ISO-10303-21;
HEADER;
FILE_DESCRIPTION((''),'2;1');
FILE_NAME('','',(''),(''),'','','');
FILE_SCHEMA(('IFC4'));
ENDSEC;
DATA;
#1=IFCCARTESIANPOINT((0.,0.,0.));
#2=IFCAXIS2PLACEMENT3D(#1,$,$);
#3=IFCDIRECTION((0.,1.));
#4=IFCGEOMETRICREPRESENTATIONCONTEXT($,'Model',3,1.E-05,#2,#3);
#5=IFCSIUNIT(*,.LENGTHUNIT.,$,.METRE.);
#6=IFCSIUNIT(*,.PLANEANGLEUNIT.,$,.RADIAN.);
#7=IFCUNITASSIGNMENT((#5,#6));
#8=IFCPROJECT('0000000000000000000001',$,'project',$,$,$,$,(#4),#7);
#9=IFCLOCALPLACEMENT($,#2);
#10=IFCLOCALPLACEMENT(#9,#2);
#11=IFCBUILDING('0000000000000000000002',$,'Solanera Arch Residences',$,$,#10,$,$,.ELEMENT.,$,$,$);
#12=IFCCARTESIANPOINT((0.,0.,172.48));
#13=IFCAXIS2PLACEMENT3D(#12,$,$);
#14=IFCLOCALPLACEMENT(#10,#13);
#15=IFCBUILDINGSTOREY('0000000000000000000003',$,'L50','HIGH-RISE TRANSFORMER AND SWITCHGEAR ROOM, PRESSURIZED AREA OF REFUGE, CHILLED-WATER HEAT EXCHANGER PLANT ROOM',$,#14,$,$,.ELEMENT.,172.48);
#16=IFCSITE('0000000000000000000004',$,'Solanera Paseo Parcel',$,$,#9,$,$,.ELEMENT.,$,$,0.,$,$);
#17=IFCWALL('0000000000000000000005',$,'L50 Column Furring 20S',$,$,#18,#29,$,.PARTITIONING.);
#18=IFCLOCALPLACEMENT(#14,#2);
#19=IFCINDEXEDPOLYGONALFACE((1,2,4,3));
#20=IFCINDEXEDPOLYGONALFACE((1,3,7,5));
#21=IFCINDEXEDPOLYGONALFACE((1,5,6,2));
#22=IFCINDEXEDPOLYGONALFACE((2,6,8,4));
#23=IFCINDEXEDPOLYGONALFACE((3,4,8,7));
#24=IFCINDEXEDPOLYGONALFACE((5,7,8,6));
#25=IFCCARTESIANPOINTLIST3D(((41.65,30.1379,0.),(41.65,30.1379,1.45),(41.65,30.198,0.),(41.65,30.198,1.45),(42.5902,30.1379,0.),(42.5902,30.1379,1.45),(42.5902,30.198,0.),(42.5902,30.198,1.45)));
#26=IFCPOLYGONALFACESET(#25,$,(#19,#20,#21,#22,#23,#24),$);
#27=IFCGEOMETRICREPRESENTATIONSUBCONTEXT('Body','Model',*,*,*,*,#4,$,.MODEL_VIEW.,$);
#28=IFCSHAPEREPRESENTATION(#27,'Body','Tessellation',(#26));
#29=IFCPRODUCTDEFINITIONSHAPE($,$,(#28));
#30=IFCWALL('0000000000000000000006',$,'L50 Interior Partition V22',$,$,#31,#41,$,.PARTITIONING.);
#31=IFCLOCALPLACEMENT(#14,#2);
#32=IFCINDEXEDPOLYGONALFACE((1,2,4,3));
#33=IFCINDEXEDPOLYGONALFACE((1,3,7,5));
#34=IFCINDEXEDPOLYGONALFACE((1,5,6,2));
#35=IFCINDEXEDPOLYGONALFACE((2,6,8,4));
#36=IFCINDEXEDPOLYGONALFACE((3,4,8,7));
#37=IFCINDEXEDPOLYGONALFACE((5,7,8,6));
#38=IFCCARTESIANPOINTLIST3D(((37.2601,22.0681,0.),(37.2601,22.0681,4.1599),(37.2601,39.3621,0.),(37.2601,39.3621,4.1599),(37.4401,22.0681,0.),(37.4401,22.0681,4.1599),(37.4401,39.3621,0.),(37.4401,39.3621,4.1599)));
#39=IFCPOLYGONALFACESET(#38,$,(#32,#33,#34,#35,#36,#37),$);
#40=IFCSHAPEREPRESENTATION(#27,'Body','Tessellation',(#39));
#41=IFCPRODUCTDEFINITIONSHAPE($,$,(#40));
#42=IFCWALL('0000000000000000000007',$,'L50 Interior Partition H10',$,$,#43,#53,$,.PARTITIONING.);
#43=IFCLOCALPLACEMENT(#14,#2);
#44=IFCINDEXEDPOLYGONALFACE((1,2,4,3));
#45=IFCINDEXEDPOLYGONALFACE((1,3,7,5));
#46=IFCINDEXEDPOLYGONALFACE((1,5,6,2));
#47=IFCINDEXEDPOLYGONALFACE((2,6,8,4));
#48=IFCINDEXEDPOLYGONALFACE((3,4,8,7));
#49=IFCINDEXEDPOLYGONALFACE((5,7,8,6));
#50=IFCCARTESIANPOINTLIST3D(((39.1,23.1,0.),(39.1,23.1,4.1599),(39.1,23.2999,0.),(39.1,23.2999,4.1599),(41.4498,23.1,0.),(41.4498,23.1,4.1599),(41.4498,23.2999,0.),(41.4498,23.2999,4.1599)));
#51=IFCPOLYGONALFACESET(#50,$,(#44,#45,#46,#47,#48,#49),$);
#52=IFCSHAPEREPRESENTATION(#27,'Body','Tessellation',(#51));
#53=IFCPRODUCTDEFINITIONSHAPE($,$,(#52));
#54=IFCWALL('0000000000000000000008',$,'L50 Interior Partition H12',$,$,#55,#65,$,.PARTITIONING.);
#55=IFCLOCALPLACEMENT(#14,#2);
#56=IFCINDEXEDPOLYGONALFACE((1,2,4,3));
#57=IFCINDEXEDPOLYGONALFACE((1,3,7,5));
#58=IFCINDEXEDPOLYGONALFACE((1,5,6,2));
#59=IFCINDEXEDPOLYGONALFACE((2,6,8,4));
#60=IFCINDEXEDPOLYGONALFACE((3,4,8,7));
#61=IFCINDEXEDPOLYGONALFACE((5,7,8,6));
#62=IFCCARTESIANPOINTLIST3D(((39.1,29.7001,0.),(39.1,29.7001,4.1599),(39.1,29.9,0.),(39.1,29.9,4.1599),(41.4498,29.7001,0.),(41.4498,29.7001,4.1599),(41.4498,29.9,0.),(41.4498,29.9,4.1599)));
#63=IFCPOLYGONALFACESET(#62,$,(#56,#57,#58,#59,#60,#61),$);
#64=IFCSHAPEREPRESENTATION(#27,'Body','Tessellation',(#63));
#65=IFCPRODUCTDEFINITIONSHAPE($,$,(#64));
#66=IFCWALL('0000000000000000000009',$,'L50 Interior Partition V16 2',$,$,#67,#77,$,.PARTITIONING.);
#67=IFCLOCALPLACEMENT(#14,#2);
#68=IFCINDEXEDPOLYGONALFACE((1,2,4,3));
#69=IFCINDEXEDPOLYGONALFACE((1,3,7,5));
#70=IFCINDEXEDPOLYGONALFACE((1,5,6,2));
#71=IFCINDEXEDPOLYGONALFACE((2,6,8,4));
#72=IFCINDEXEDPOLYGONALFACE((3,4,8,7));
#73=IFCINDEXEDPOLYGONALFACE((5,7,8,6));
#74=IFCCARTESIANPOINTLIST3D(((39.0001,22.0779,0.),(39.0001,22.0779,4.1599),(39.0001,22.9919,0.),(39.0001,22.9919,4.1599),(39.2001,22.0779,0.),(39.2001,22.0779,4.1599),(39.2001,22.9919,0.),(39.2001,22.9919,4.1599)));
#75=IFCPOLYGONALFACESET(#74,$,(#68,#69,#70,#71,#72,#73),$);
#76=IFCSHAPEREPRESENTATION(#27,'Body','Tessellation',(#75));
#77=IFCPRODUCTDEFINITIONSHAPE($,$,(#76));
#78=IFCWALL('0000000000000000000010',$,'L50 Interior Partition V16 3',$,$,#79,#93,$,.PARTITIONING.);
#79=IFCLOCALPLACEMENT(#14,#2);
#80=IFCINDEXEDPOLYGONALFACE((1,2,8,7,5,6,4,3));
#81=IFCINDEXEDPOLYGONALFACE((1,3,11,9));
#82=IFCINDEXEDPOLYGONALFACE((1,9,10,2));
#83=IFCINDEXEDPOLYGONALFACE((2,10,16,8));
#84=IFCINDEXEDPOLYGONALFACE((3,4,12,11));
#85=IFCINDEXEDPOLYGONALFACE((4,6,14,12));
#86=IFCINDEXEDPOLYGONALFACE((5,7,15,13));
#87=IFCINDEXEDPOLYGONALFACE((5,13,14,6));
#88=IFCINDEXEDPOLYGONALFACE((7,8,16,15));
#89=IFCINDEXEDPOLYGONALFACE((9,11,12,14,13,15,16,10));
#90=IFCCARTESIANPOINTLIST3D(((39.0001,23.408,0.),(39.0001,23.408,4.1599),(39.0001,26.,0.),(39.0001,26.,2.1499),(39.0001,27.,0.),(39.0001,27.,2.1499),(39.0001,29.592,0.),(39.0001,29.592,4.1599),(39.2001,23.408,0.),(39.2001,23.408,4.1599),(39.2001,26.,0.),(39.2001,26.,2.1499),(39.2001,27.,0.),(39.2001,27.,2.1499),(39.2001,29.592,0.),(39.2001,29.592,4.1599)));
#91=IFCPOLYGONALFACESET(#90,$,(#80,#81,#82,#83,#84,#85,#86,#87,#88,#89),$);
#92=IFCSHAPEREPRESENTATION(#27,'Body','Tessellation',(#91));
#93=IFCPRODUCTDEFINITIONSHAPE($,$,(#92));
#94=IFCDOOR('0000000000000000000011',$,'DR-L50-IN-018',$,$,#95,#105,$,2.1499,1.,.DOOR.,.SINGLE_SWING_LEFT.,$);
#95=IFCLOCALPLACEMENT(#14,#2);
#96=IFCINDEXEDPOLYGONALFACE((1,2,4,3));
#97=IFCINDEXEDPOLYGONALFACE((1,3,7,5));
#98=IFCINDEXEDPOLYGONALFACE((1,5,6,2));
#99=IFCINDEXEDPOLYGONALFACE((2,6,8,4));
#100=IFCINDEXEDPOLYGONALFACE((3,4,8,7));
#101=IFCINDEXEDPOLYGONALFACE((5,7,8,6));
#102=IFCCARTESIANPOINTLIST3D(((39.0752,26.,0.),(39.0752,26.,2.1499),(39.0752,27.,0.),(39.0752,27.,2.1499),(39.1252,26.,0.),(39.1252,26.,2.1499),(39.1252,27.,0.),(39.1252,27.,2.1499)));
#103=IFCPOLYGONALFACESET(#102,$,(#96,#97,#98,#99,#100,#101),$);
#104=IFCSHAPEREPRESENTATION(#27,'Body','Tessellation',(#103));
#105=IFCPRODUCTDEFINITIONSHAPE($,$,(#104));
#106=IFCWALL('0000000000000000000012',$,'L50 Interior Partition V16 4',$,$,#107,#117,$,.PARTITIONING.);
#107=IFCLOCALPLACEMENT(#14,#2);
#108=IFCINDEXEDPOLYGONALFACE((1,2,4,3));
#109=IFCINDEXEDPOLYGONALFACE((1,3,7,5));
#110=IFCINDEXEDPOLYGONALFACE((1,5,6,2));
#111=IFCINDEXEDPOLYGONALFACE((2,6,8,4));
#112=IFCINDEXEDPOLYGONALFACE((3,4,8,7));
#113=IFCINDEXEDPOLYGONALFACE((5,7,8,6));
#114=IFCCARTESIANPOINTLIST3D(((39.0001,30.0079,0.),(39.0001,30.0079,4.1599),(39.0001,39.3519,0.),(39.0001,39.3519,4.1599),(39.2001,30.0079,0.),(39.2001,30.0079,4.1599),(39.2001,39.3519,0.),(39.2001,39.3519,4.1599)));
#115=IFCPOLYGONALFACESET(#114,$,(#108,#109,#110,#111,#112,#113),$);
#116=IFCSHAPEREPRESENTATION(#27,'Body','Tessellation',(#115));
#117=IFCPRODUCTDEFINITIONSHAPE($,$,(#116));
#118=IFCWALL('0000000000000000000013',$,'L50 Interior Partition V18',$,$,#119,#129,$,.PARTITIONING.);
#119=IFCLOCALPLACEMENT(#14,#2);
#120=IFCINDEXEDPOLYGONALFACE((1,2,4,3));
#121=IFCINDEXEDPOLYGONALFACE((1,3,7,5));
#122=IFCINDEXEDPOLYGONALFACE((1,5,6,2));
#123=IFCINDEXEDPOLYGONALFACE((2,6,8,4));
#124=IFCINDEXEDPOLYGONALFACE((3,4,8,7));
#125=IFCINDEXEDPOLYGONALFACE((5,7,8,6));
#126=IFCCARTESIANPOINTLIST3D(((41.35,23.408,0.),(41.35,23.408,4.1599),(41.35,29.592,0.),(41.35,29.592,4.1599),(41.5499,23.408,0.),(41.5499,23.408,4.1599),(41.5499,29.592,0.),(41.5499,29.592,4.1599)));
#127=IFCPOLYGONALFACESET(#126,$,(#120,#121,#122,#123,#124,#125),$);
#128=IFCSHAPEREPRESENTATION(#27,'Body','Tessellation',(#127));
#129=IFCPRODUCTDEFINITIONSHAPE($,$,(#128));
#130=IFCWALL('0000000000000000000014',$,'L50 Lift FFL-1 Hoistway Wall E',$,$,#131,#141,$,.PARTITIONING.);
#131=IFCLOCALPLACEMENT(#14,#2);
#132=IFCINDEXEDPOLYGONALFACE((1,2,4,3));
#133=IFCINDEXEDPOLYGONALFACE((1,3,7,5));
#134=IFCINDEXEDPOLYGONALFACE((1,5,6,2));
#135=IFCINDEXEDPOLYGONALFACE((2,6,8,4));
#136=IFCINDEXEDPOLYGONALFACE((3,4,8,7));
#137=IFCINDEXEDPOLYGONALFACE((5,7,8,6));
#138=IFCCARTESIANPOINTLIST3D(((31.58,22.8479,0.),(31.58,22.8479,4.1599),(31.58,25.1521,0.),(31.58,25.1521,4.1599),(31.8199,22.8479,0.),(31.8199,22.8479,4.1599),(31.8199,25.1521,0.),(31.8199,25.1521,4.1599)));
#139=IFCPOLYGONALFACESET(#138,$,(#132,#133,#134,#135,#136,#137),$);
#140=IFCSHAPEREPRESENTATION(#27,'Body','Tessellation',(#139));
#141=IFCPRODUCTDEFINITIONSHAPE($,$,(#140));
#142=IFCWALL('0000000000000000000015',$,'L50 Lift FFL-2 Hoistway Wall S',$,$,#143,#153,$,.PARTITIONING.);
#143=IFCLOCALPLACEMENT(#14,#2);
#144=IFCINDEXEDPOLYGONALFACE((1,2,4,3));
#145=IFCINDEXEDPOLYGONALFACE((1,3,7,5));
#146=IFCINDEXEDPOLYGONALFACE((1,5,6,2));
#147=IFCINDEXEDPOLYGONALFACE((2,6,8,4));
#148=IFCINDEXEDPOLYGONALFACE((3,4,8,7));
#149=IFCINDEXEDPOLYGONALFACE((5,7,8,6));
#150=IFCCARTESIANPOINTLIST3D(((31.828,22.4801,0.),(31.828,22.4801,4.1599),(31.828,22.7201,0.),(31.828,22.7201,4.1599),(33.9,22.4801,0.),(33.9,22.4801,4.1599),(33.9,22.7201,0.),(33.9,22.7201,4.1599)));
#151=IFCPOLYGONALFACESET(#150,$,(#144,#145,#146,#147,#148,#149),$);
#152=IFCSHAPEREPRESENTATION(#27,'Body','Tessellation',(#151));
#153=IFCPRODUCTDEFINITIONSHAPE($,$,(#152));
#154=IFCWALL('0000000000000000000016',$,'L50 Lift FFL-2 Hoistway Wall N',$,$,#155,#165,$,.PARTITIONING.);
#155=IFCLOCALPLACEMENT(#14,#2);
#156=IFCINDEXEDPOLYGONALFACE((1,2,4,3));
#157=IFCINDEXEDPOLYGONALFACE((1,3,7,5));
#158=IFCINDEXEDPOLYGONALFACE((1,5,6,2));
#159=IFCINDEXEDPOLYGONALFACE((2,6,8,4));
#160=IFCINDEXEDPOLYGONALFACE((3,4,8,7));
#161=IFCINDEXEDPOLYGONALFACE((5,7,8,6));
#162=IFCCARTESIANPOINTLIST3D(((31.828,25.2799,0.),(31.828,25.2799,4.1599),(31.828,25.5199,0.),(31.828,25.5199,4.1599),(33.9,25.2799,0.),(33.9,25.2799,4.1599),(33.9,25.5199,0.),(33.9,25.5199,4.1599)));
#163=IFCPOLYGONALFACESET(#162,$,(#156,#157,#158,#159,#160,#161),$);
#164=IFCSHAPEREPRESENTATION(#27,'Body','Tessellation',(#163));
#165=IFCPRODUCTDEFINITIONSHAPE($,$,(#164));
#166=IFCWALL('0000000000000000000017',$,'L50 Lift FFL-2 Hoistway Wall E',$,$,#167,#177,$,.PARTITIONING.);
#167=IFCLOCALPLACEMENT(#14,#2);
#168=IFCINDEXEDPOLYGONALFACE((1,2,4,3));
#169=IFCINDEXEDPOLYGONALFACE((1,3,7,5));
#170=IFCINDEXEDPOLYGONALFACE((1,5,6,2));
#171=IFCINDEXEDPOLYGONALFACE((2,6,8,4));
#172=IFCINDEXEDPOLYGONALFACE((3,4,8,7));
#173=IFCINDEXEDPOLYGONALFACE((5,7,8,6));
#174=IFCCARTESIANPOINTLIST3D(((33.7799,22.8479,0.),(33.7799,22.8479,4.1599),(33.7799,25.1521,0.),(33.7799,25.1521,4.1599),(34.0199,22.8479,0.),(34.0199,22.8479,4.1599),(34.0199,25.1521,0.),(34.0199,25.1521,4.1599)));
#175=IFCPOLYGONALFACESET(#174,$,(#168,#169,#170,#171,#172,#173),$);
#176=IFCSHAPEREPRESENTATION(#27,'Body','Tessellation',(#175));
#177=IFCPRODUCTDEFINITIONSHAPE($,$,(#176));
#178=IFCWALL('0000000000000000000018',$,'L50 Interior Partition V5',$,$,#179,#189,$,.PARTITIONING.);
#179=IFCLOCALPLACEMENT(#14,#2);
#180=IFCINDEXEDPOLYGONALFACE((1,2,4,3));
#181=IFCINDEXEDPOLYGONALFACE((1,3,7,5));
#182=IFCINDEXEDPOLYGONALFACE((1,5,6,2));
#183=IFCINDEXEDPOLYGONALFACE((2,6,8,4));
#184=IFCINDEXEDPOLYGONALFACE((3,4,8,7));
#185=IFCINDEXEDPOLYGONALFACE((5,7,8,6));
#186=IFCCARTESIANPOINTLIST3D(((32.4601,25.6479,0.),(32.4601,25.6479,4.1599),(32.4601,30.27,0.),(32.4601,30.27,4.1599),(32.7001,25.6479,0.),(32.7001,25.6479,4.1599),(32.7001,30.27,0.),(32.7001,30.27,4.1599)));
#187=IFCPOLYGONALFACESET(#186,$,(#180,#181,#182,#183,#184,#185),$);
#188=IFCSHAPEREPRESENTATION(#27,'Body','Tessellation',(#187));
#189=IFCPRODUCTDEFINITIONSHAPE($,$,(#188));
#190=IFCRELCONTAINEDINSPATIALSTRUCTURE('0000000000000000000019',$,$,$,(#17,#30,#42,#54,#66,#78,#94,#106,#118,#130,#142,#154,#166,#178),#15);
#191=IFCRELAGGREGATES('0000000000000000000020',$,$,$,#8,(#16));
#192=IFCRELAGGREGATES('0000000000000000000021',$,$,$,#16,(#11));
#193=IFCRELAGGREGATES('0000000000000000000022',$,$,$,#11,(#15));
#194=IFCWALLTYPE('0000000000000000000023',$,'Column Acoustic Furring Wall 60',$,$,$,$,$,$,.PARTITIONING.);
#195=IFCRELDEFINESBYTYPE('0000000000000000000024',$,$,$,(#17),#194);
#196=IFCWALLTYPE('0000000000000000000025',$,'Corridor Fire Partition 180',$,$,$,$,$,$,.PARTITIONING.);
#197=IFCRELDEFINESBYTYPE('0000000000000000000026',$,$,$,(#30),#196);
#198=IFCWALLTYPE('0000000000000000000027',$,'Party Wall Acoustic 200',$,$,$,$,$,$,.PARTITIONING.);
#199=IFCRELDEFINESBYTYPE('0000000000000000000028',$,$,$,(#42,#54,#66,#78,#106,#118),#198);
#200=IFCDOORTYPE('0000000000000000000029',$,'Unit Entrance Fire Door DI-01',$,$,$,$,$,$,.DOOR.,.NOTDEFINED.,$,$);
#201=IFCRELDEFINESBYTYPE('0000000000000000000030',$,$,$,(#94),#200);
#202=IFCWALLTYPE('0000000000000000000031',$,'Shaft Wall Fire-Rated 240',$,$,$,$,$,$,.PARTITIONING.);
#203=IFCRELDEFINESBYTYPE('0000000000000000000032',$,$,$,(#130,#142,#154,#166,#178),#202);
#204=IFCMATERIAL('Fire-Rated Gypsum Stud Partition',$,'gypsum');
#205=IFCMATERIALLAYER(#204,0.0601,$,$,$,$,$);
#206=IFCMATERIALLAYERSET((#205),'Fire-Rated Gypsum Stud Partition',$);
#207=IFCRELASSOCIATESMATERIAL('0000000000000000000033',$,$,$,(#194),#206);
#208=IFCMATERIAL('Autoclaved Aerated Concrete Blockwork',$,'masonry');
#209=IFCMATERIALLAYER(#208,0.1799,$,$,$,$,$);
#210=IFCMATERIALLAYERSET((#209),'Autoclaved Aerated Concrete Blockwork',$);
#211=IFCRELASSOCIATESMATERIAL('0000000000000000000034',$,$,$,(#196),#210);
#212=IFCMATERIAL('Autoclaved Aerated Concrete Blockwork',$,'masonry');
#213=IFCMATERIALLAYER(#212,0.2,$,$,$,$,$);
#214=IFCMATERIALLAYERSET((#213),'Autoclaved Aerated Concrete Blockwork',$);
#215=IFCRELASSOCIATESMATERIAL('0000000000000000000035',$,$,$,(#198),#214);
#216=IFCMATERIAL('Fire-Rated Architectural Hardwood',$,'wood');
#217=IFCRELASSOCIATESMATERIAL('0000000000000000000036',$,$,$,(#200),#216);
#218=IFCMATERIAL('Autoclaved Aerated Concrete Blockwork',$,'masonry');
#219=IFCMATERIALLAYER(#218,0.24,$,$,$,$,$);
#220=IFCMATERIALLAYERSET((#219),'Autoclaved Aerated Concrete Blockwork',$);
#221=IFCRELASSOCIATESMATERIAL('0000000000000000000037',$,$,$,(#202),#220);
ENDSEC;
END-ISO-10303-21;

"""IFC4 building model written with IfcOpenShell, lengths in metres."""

from ifc_helpers import new_model, si_unit, direction, frame, frame_2d, origin, place, context, subcontext, project, spatial, rectangle, extrude, material, layer, layer_set, type_object, element, fill, save


model = new_model("IFC4")

# Units and contexts
model_context = context("Model", 3, precision=1e-05, world=origin(), true_north=direction((0.0, 1.0)))
body_context = subcontext(model_context, "Body", "Model", "MODEL_VIEW")
ifc_project = project(units=[si_unit("LENGTHUNIT", "METRE"), si_unit("PLANEANGLEUNIT", "RADIAN")], contexts=[model_context])

# Site, building, storey
site_placement = place(None, origin())
site = spatial("IfcSite", under=ifc_project, at=site_placement, Name="Solanera Paseo Parcel", CompositionType="ELEMENT", RefElevation=0.0)
building_placement = place(site_placement, origin())
building = spatial("IfcBuilding", under=site, at=building_placement, Name="Solanera Arch Residences", CompositionType="ELEMENT")
storey_placement = place(building_placement, frame((0.0, 0.0, 172.48)))
storey = spatial("IfcBuildingStorey", under=building, at=storey_placement, Name="L50", Description="HIGH-RISE TRANSFORMER AND SWITCHGEAR ROOM, PRESSURIZED AREA OF REFUGE, CHILLED-WATER HEAT EXCHANGER PLANT ROOM", CompositionType="ELEMENT", Elevation=172.48)

# Walls
ifc_material_1 = material(Name="Fire-Rated Gypsum Stud Partition", Category="gypsum")
ifc_layer_1 = layer(ifc_material_1, 0.0601)
ifc_layer_set_1 = layer_set([ifc_layer_1], Name="Fire-Rated Gypsum Stud Partition")
wall_type_1 = type_object("IfcWallType", Name="Column Acoustic Furring Wall 60", PredefinedType="PARTITIONING", material=ifc_layer_set_1)
for number, where, z_axis, x_axis, name in (
    (1, (41.6499, 30.168, 0.0), (0.0, 0.0, 1.0), (1.0, 0.0, 0.0), "L50 Column Furring 20S"),
):
    element("IfcWall", number, at=place(storey_placement, frame(where, z_axis=z_axis, x_axis=x_axis)), inside=storey, type_object=wall_type_1, Name=name, PredefinedType="PARTITIONING", context=body_context, shape_type="SweptSolid", body=[
        extrude(rectangle(XDim=0.9402, YDim=0.0601, at=frame_2d((0.4702, 0.0))), origin(), (0.0, 0.0, 1.0), 1.45),
    ])
ifc_material_2 = material(Name="Autoclaved Aerated Concrete Blockwork", Category="masonry")
ifc_layer_2 = layer(ifc_material_2, 0.1799)
ifc_layer_set_2 = layer_set([ifc_layer_2], Name="Autoclaved Aerated Concrete Blockwork")
wall_type_2 = type_object("IfcWallType", Name="Corridor Fire Partition 180", PredefinedType="PARTITIONING", material=ifc_layer_set_2)
wall_1_placement = place(storey_placement, frame((37.3501, 22.0681, 0.0), z_axis=(0.0, 0.0, 1.0), x_axis=(0.0, 1.0, 0.0)))
element("IfcWall", 2, at=wall_1_placement, inside=storey, type_object=wall_type_2, Name="L50 Interior Partition V22", PredefinedType="PARTITIONING", context=body_context, shape_type="SweptSolid", body=[
    extrude(rectangle(XDim=17.2939, YDim=0.1799, at=frame_2d((8.647, 0.0))), origin(), (0.0, 0.0, 1.0), 4.1599),
])
ifc_material_3 = material(Name="Autoclaved Aerated Concrete Blockwork", Category="masonry")
ifc_layer_3 = layer(ifc_material_3, 0.2)
ifc_layer_set_3 = layer_set([ifc_layer_3], Name="Autoclaved Aerated Concrete Blockwork")
wall_type_3 = type_object("IfcWallType", Name="Party Wall Acoustic 200", PredefinedType="PARTITIONING", material=ifc_layer_set_3)
for number, where, z_axis, x_axis, name in (
    (3, (39.1001, 23.2, 0.0), (0.0, 0.0, 1.0), (1.0, 0.0, 0.0), "L50 Interior Partition H10"),
    (4, (39.1001, 29.8, 0.0), (0.0, 0.0, 1.0), (1.0, 0.0, 0.0), "L50 Interior Partition H12"),
):
    element("IfcWall", number, at=place(storey_placement, frame(where, z_axis=z_axis, x_axis=x_axis)), inside=storey, type_object=wall_type_3, Name=name, PredefinedType="PARTITIONING", context=body_context, shape_type="SweptSolid", body=[
        extrude(rectangle(XDim=2.3499, YDim=0.2, at=frame_2d((1.1748, 0.0))), origin(), (0.0, 0.0, 1.0), 4.1599),
    ])
wall_2_placement = place(storey_placement, frame((39.1001, 22.0779, 0.0), z_axis=(0.0, 0.0, 1.0), x_axis=(0.0, 1.0, 0.0)))
element("IfcWall", 5, at=wall_2_placement, inside=storey, type_object=wall_type_3, Name="L50 Interior Partition V16 2", PredefinedType="PARTITIONING", context=body_context, shape_type="SweptSolid", body=[
    extrude(rectangle(XDim=0.9141, YDim=0.2, at=frame_2d((0.457, 0.0))), origin(), (0.0, 0.0, 1.0), 4.1599),
])

# Wall, opening, door
wall_3_placement = place(storey_placement, frame((39.1001, 23.408, 0.0), z_axis=(0.0, 0.0, 1.0), x_axis=(0.0, 1.0, 0.0)))
wall_3 = element("IfcWall", 6, at=wall_3_placement, inside=storey, type_object=wall_type_3, Name="L50 Interior Partition V16 3", PredefinedType="PARTITIONING", context=body_context, shape_type="SweptSolid", body=[
    extrude(rectangle(XDim=6.1841, YDim=0.2, at=frame_2d((3.092, 0.0))), origin(), (0.0, 0.0, 1.0), 4.1599),
])
opening_placement = place(wall_3_placement, frame((2.592, 0.0, 0.0)))
opening = element("IfcOpeningElement", 7, at=opening_placement, cuts=wall_3, PredefinedType="OPENING", context=body_context, shape_type="SweptSolid", body=[
    extrude(rectangle(XDim=1.0, YDim=2.1499, at=frame_2d((0.5, 1.075))), frame((0.0, 0.1101, 0.0), z_axis=(0.0, -1.0, 0.0), x_axis=(1.0, 0.0, 0.0)), (0.0, 0.0, 1.0), 0.22),
])
ifc_material_4 = material(Name="Fire-Rated Architectural Hardwood", Category="wood")
door_type = type_object("IfcDoorType", Name="Unit Entrance Fire Door DI-01", OperationType="NOTDEFINED", PredefinedType="DOOR", material=ifc_material_4)
door_placement = place(opening_placement, origin())
door = element("IfcDoor", 8, at=door_placement, inside=storey, type_object=door_type, Name="DR-L50-IN-018", OperationType="SINGLE_SWING_LEFT", OverallHeight=2.1499, OverallWidth=1.0, PredefinedType="DOOR", context=body_context, shape_type="SweptSolid", body=[
    extrude(rectangle(XDim=1.0, YDim=2.1499, at=frame_2d((0.5, 1.075))), frame((0.0, 0.0249, 0.0), z_axis=(0.0, -1.0, 0.0), x_axis=(1.0, 0.0, 0.0)), (0.0, 0.0, 1.0), 0.05),
])
fill(opening, door)

# Walls
wall_4_placement = place(storey_placement, frame((39.1001, 30.0081, 0.0), z_axis=(0.0, 0.0, 1.0), x_axis=(0.0, 1.0, 0.0)))
element("IfcWall", 9, at=wall_4_placement, inside=storey, type_object=wall_type_3, Name="L50 Interior Partition V16 4", PredefinedType="PARTITIONING", context=body_context, shape_type="SweptSolid", body=[
    extrude(rectangle(XDim=9.344, YDim=0.2, at=frame_2d((4.6719, 0.0))), origin(), (0.0, 0.0, 1.0), 4.1599),
])
wall_5_placement = place(storey_placement, frame((41.45, 23.408, 0.0), z_axis=(0.0, 0.0, 1.0), x_axis=(0.0, 1.0, 0.0)))
element("IfcWall", 10, at=wall_5_placement, inside=storey, type_object=wall_type_3, Name="L50 Interior Partition V18", PredefinedType="PARTITIONING", context=body_context, shape_type="SweptSolid", body=[
    extrude(rectangle(XDim=6.1841, YDim=0.2, at=frame_2d((3.092, 0.0))), origin(), (0.0, 0.0, 1.0), 4.1599),
])
ifc_material_5 = material(Name="Autoclaved Aerated Concrete Blockwork", Category="masonry")
ifc_layer_4 = layer(ifc_material_5, 0.24)
ifc_layer_set_4 = layer_set([ifc_layer_4], Name="Autoclaved Aerated Concrete Blockwork")
wall_type_4 = type_object("IfcWallType", Name="Shaft Wall Fire-Rated 240", PredefinedType="PARTITIONING", material=ifc_layer_set_4)
wall_6_placement = place(storey_placement, frame((31.7, 22.8479, 0.0), z_axis=(0.0, 0.0, 1.0), x_axis=(0.0, 1.0, 0.0)))
element("IfcWall", 11, at=wall_6_placement, inside=storey, type_object=wall_type_4, Name="L50 Lift FFL-1 Hoistway Wall E", PredefinedType="PARTITIONING", context=body_context, shape_type="SweptSolid", body=[
    extrude(rectangle(XDim=2.3042, YDim=0.24, at=frame_2d((1.1521, 0.0))), origin(), (0.0, 0.0, 1.0), 4.1599),
])
for number, where, z_axis, x_axis, name in (
    (12, (31.8279, 22.6001, 0.0), (0.0, 0.0, 1.0), (1.0, 0.0, 0.0), "L50 Lift FFL-2 Hoistway Wall S"),
    (13, (31.8279, 25.3999, 0.0), (0.0, 0.0, 1.0), (1.0, 0.0, 0.0), "L50 Lift FFL-2 Hoistway Wall N"),
):
    element("IfcWall", number, at=place(storey_placement, frame(where, z_axis=z_axis, x_axis=x_axis)), inside=storey, type_object=wall_type_4, Name=name, PredefinedType="PARTITIONING", context=body_context, shape_type="SweptSolid", body=[
        extrude(rectangle(XDim=2.072, YDim=0.24, at=frame_2d((1.0361, 0.0))), origin(), (0.0, 0.0, 1.0), 4.1599),
    ])
wall_7_placement = place(storey_placement, frame((33.8999, 22.8479, 0.0), z_axis=(0.0, 0.0, 1.0), x_axis=(0.0, 1.0, 0.0)))
element("IfcWall", 14, at=wall_7_placement, inside=storey, type_object=wall_type_4, Name="L50 Lift FFL-2 Hoistway Wall E", PredefinedType="PARTITIONING", context=body_context, shape_type="SweptSolid", body=[
    extrude(rectangle(XDim=2.3042, YDim=0.24, at=frame_2d((1.1521, 0.0))), origin(), (0.0, 0.0, 1.0), 4.1599),
])
wall_8_placement = place(storey_placement, frame((32.5801, 25.6479, 0.0), z_axis=(0.0, 0.0, 1.0), x_axis=(0.0, 1.0, 0.0)))
element("IfcWall", 15, at=wall_8_placement, inside=storey, type_object=wall_type_4, Name="L50 Interior Partition V5", PredefinedType="PARTITIONING", context=body_context, shape_type="SweptSolid", body=[
    extrude(rectangle(XDim=4.6221, YDim=0.24, at=frame_2d((2.311, 0.0))), origin(), (0.0, 0.0, 1.0), 4.1599),
])

save(model, "model.ifc")
